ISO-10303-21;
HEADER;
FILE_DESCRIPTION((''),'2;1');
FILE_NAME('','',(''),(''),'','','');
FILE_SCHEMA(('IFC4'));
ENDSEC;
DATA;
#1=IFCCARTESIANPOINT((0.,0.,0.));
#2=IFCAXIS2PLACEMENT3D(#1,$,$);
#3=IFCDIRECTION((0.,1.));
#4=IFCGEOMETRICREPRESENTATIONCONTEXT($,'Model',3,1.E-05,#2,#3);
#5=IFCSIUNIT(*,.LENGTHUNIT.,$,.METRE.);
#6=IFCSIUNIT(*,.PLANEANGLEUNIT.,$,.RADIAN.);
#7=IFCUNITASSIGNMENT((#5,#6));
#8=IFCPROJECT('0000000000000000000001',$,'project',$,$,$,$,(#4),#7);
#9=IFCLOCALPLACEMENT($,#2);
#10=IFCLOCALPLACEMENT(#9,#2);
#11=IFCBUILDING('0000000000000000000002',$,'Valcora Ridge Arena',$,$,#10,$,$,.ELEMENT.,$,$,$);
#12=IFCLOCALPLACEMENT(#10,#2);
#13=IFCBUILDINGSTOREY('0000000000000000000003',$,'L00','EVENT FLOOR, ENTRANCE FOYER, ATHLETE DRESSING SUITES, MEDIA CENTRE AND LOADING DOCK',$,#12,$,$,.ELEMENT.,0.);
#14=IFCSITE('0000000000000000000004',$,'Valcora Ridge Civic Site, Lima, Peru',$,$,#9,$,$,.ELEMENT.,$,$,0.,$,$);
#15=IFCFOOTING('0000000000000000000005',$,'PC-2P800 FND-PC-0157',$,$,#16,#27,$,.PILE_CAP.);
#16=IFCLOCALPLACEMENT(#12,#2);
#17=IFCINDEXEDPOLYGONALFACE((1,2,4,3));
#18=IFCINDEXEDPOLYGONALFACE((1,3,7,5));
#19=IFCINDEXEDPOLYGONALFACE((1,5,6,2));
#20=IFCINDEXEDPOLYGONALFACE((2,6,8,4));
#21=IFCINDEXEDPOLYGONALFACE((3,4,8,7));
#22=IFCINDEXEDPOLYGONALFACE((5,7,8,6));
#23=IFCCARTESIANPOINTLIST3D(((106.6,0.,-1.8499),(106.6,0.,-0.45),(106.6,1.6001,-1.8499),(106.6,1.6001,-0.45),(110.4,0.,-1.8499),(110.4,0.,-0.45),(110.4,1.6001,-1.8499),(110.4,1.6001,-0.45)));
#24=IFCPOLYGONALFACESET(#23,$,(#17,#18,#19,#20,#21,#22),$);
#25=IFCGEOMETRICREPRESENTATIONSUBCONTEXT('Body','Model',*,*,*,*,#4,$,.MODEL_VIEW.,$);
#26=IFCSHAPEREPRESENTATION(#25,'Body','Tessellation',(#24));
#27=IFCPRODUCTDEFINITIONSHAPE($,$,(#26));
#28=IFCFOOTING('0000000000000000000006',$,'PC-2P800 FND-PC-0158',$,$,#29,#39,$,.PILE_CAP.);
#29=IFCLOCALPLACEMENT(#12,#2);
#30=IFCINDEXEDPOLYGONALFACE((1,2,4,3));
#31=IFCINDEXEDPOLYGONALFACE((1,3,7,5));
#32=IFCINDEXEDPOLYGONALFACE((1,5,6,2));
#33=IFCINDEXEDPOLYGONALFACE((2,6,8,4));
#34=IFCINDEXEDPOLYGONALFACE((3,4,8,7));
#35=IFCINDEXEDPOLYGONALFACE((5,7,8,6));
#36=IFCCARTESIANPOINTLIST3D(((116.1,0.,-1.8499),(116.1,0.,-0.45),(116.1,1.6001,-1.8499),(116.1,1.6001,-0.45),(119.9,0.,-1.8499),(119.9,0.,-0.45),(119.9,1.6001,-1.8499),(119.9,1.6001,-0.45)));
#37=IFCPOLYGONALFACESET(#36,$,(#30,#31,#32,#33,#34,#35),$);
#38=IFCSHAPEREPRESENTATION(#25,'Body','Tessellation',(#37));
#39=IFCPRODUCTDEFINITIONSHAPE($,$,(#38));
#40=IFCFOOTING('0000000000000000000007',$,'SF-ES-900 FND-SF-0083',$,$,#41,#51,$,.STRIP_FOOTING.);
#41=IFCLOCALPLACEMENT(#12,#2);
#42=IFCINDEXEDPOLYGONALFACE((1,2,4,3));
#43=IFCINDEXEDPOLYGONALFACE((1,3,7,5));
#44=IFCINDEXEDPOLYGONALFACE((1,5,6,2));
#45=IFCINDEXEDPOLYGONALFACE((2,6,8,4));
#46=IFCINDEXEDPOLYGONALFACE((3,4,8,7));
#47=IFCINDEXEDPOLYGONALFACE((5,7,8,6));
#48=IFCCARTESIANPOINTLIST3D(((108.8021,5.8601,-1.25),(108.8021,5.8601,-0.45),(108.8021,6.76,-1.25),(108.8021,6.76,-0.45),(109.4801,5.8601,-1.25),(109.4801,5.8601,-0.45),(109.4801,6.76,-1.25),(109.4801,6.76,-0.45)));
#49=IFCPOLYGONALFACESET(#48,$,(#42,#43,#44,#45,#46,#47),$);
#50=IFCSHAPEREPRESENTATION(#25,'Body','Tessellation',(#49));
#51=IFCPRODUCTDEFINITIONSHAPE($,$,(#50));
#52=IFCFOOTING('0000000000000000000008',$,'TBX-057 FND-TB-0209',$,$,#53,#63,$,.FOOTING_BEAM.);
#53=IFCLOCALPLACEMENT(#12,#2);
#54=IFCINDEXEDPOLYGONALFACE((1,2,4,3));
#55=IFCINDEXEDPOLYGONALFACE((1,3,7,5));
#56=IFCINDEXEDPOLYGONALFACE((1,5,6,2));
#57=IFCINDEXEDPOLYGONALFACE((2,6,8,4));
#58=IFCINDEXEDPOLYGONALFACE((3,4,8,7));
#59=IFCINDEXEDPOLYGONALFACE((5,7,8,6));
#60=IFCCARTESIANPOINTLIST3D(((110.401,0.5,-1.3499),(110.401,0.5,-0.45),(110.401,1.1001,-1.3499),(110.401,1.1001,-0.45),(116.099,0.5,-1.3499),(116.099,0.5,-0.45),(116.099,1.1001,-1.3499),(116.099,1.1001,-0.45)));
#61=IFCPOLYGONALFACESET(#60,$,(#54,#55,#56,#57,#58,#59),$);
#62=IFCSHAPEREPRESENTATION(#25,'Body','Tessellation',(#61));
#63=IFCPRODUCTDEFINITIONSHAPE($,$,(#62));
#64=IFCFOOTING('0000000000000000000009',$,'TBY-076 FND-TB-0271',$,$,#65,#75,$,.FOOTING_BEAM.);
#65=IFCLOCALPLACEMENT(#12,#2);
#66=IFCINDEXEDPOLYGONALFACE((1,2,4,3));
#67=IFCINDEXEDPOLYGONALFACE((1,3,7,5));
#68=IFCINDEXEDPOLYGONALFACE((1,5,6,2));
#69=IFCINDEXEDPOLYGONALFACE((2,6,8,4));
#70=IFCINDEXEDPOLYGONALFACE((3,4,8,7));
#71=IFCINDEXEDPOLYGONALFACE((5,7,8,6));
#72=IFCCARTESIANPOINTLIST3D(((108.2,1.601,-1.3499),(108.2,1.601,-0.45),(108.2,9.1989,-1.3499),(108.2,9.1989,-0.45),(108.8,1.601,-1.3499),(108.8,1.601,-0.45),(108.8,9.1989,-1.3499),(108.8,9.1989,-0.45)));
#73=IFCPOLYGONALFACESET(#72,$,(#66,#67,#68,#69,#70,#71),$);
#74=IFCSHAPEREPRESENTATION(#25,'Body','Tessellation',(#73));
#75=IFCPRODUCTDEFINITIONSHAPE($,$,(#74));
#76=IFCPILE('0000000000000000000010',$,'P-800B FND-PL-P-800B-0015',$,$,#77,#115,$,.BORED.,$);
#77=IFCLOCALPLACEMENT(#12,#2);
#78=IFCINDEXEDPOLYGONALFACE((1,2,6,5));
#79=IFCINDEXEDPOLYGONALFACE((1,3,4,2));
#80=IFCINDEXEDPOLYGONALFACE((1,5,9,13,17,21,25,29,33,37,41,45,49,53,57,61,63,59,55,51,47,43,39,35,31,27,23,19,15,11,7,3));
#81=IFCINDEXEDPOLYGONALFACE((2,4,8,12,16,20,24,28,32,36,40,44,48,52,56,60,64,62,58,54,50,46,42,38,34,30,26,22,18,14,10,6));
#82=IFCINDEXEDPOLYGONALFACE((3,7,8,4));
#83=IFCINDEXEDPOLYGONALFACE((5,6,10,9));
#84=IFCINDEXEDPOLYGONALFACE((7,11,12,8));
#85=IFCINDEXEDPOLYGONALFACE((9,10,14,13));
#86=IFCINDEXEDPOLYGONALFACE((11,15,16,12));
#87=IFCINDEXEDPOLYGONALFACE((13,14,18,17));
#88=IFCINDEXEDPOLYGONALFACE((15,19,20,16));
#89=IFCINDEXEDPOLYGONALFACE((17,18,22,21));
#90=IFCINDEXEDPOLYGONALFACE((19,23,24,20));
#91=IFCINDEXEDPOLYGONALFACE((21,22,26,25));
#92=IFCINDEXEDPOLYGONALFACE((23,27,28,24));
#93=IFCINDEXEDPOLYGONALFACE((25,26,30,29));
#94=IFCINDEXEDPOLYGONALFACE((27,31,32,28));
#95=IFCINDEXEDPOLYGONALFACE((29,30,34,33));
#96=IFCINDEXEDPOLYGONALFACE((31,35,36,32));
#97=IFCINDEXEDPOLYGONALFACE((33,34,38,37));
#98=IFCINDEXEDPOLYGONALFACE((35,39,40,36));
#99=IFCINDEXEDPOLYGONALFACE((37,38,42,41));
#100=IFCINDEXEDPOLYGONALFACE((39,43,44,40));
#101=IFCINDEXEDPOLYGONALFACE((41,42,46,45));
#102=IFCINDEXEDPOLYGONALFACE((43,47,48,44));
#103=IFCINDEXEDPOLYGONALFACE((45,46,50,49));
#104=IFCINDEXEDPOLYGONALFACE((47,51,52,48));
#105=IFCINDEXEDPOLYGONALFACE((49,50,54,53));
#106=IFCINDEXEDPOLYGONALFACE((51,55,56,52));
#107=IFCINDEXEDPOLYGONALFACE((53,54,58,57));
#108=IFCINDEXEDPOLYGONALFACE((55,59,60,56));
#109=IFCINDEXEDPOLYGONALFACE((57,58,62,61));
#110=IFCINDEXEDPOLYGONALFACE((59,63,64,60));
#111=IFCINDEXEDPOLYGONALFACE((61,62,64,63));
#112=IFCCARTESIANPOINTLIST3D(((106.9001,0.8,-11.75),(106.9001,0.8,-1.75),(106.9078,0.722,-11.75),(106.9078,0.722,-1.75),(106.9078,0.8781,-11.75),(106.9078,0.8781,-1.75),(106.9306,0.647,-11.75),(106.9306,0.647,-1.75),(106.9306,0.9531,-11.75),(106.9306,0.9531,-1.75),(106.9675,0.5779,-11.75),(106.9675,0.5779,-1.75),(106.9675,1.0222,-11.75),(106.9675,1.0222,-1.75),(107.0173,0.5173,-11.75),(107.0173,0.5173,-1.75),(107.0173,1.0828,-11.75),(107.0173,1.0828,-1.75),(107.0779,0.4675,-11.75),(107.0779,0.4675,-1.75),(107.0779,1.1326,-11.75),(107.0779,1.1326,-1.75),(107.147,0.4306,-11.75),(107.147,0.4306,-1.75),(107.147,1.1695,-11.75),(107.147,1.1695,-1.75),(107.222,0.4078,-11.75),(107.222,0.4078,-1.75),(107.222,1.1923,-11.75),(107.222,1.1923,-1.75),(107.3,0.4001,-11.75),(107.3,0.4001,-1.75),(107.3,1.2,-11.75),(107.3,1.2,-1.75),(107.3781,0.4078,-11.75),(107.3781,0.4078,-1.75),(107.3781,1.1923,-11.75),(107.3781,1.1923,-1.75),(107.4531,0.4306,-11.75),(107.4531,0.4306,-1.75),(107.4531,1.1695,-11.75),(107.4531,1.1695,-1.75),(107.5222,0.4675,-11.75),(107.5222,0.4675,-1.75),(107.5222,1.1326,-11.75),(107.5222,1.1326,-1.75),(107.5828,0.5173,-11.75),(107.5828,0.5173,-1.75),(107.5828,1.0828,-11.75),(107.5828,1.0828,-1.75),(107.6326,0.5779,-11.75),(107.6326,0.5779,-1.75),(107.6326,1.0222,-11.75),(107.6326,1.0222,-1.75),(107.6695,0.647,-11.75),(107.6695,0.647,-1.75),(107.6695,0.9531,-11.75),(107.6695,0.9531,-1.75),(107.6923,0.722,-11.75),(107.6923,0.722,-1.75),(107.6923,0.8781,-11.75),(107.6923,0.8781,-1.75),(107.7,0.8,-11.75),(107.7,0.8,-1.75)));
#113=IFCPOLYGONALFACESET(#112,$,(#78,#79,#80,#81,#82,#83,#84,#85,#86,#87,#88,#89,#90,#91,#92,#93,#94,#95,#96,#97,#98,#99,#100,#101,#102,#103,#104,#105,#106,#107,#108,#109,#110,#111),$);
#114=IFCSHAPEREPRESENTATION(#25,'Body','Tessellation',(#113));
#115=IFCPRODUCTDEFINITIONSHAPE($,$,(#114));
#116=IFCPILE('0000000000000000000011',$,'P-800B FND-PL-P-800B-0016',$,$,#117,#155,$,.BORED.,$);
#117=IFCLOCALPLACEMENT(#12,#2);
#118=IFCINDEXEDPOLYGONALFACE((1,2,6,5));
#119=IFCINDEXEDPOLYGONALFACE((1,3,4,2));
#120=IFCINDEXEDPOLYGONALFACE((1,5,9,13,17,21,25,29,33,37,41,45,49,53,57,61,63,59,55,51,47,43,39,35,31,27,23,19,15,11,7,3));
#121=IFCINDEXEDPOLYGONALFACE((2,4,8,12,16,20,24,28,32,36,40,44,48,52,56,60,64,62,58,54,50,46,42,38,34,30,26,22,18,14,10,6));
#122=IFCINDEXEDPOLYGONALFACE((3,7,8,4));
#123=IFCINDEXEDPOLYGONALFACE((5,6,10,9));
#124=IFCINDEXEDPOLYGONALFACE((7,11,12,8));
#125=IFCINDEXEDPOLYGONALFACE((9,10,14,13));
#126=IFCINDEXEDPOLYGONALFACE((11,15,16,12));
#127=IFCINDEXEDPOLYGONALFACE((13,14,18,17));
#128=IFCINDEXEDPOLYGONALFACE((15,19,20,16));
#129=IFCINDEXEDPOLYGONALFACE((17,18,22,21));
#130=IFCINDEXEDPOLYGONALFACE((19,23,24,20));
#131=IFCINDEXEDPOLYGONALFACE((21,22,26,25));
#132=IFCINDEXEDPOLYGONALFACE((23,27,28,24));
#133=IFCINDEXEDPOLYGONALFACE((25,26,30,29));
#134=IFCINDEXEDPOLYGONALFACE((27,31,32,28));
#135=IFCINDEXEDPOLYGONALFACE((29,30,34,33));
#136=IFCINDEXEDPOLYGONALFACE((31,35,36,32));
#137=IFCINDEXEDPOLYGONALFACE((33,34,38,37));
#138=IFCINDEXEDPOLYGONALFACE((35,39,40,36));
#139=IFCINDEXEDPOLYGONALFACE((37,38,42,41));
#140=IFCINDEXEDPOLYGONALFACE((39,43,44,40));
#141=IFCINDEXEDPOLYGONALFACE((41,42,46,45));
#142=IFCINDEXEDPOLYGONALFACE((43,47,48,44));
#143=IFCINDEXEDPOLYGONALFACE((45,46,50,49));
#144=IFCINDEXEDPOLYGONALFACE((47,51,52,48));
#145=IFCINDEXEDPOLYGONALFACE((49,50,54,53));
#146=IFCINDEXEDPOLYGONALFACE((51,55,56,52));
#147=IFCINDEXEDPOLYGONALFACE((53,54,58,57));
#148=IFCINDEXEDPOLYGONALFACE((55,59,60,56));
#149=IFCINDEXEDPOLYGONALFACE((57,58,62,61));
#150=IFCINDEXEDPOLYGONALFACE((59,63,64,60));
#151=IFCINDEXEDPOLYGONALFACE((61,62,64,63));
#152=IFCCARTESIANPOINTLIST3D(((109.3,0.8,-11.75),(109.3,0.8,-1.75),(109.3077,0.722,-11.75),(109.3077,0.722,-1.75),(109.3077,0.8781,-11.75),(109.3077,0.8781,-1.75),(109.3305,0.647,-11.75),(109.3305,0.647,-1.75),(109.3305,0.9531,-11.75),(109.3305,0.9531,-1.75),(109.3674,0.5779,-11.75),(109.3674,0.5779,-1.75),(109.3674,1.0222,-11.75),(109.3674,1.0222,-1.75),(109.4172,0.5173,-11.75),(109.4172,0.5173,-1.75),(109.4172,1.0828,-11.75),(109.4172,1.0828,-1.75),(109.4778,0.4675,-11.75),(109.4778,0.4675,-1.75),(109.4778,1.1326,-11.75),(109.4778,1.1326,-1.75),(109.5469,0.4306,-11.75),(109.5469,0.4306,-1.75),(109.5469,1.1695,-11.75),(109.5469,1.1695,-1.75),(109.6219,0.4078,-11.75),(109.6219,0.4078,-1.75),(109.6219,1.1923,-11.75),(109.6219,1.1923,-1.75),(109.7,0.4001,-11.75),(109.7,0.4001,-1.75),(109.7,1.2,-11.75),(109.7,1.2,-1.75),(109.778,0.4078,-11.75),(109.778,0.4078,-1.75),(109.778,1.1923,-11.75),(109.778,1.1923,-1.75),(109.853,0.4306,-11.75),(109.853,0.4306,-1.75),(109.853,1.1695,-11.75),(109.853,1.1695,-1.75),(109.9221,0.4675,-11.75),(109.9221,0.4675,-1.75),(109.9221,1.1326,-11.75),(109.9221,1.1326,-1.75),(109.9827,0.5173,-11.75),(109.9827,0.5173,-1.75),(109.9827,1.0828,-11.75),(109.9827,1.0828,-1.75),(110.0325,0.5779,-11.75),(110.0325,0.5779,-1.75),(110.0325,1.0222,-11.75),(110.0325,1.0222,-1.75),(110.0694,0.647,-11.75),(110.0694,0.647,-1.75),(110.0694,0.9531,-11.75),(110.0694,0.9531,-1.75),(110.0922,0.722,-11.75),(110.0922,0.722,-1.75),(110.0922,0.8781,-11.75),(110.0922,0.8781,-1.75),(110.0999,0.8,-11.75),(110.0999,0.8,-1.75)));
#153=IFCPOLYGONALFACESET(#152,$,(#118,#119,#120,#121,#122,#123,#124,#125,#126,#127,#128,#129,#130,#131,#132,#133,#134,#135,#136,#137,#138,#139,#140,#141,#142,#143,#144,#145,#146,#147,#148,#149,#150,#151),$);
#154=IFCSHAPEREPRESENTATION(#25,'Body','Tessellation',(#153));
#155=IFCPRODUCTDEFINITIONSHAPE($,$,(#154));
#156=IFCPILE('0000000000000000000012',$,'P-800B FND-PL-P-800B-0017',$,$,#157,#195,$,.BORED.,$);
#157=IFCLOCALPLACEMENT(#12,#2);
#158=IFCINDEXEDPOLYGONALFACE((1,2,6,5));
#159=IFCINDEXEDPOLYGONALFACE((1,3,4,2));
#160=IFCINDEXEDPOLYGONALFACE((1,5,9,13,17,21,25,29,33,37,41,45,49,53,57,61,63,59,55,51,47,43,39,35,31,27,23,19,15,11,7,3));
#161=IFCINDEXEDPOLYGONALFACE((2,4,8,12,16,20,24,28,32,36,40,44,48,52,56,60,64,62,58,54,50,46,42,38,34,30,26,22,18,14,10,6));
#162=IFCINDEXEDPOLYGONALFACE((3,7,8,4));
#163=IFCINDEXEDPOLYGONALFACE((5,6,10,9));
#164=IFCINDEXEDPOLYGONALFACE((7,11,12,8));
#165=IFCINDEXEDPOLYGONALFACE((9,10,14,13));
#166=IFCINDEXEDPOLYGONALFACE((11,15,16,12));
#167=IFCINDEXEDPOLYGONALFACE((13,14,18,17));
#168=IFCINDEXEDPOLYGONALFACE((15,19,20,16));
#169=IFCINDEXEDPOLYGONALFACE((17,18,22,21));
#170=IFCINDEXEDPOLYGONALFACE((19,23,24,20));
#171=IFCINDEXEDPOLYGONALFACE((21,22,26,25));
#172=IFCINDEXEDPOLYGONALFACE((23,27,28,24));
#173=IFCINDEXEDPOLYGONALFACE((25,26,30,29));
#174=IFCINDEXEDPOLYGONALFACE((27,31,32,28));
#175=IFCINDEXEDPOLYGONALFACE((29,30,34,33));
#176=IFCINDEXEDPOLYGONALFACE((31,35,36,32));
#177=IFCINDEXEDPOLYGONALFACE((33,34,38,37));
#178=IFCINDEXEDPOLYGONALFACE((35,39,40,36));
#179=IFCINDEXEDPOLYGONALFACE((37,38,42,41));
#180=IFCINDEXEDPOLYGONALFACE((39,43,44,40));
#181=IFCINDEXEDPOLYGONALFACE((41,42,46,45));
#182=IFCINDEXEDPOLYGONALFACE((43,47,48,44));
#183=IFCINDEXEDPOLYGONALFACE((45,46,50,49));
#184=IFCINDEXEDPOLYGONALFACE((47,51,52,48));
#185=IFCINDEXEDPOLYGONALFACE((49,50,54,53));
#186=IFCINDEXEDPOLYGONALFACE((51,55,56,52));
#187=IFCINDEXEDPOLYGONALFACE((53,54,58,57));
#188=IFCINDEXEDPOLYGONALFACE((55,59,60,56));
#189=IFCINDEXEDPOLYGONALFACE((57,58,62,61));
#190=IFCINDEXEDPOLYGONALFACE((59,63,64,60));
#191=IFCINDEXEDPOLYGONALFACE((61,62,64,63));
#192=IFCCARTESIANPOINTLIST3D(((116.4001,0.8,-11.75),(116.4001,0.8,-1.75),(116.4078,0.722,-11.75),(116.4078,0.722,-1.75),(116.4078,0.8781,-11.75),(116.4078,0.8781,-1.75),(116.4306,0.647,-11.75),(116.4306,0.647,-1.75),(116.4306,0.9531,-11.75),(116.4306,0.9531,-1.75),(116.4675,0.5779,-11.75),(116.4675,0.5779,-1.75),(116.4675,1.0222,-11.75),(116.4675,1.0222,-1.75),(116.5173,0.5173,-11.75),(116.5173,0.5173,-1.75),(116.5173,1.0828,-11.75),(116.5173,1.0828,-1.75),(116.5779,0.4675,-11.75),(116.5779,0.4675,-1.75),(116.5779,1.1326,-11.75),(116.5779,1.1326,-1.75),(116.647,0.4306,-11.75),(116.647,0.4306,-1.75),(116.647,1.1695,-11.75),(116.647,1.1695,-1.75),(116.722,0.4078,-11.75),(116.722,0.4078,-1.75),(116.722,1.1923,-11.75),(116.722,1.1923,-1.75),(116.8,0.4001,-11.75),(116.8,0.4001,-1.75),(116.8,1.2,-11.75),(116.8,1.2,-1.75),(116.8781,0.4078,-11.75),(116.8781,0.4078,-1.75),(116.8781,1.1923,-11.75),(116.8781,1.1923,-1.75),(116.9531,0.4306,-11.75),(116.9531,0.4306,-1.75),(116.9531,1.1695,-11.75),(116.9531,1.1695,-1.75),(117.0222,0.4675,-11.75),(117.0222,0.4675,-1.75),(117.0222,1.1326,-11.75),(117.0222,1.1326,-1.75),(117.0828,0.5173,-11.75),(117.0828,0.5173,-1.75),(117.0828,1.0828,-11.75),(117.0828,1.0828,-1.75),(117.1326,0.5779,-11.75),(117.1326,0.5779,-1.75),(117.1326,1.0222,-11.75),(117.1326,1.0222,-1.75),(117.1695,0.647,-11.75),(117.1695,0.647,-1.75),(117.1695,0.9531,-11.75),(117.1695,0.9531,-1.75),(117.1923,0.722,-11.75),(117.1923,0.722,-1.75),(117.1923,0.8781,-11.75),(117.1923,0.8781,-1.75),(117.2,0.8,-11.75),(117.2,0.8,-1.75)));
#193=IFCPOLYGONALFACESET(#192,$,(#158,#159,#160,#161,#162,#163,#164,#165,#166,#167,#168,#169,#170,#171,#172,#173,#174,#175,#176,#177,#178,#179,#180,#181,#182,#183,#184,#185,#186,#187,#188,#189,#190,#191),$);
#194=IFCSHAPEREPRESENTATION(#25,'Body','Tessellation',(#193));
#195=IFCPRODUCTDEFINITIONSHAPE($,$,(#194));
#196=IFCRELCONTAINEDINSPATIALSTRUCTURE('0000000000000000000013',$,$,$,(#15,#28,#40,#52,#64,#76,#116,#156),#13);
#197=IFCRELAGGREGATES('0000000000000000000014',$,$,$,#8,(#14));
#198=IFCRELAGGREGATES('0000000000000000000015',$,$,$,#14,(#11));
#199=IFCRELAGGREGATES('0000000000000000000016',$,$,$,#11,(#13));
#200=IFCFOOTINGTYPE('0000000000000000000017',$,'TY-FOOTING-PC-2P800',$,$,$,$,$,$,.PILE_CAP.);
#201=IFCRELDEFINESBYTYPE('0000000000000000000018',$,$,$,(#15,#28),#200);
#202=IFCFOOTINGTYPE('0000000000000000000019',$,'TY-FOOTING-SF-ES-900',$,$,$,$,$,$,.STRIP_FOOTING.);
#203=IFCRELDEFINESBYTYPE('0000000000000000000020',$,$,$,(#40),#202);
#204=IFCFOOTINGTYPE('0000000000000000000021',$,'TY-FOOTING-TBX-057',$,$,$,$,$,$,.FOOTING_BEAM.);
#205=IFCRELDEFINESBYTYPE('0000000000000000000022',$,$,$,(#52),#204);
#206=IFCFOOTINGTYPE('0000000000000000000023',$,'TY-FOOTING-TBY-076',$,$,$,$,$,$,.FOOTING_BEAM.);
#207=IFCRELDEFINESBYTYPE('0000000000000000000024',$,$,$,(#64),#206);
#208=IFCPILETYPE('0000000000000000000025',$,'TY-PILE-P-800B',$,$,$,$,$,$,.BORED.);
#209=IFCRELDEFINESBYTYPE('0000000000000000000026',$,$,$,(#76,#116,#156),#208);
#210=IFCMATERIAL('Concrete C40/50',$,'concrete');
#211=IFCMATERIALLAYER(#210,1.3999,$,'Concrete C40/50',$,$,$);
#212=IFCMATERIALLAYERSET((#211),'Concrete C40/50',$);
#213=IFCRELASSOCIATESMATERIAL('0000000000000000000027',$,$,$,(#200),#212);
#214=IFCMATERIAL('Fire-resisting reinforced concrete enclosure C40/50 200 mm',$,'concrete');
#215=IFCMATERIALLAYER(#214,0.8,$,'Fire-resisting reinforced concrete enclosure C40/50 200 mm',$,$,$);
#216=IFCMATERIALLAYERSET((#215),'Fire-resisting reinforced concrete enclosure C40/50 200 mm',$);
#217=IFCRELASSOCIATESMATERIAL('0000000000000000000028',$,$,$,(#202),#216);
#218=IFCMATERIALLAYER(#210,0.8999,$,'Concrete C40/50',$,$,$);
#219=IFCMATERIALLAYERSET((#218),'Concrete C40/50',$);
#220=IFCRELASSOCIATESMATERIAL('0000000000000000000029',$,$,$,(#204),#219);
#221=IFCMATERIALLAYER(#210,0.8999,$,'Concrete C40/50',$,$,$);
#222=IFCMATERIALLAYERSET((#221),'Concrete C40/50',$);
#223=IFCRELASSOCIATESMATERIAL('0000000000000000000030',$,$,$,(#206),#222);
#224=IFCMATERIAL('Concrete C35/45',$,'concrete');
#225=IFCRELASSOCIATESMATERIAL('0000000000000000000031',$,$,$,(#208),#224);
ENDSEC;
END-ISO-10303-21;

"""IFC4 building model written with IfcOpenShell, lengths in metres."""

from ifc_helpers import new_model, si_unit, direction, frame, origin, origin_2d, place, context, subcontext, project, spatial, rectangle, circle, extrude, material, layer, layer_set, material_profile, profile_set, type_object, element, save


model = new_model("IFC4")

# Units and contexts
model_context = context("Model", 3, precision=1e-05, world=origin(), true_north=direction((0.0, 1.0)))
body_context = subcontext(model_context, "Body", "Model", "MODEL_VIEW")
ifc_project = project(units=[si_unit("LENGTHUNIT", "METRE"), si_unit("PLANEANGLEUNIT", "RADIAN")], contexts=[model_context])

# Site, building, storey
site_placement = place(None, origin())
site = spatial("IfcSite", under=ifc_project, at=site_placement, Name="Valcora Ridge Civic Site, Lima, Peru", CompositionType="ELEMENT", RefElevation=0.0)
building_placement = place(site_placement, origin())
building = spatial("IfcBuilding", under=site, at=building_placement, Name="Valcora Ridge Arena", CompositionType="ELEMENT")
storey_placement = place(building_placement, origin())
storey = spatial("IfcBuildingStorey", under=building, at=storey_placement, Name="L00", Description="EVENT FLOOR, ENTRANCE FOYER, ATHLETE DRESSING SUITES, MEDIA CENTRE AND LOADING DOCK", CompositionType="ELEMENT", Elevation=0.0)

# Footings
ifc_material_1 = material(Name="Concrete C40/50", Category="concrete")
ifc_layer_1 = layer(ifc_material_1, 1.3999, Name="Concrete C40/50")
ifc_layer_set_1 = layer_set([ifc_layer_1], Name="Concrete C40/50")
footing_type_1 = type_object("IfcFootingType", Name="TY-FOOTING-PC-2P800", PredefinedType="PILE_CAP", material=ifc_layer_set_1)
for number, where, z_axis, x_axis, name in (
    (1, (108.5, 0.8, -1.8499), (0.0, 0.0, 1.0), (1.0, 0.0, 0.0), "PC-2P800 FND-PC-0157"),
    (2, (118.0, 0.8, -1.8499), (0.0, 0.0, 1.0), (1.0, 0.0, 0.0), "PC-2P800 FND-PC-0158"),
):
    element("IfcFooting", number, at=place(storey_placement, frame(where, z_axis=z_axis, x_axis=x_axis)), inside=storey, type_object=footing_type_1, Name=name, PredefinedType="PILE_CAP", context=body_context, shape_type="SweptSolid", body=[
        extrude(rectangle(XDim=3.8, YDim=1.6001, at=origin_2d()), origin(), (0.0, 0.0, 1.0), 1.3999),
    ])
ifc_material_2 = material(Name="Fire-resisting reinforced concrete enclosure C40/50 200 mm", Category="concrete")
ifc_layer_2 = layer(ifc_material_2, 0.8, Name="Fire-resisting reinforced concrete enclosure C40/50 200 mm")
ifc_layer_set_2 = layer_set([ifc_layer_2], Name="Fire-resisting reinforced concrete enclosure C40/50 200 mm")
footing_type_2 = type_object("IfcFootingType", Name="TY-FOOTING-SF-ES-900", PredefinedType="STRIP_FOOTING", material=ifc_layer_set_2)
footing_1_placement = place(storey_placement, frame((109.1411, 6.3101, -1.25), z_axis=(0.0, 0.0, 1.0), x_axis=(1.0, 0.0, 0.0)))
element("IfcFooting", 3, at=footing_1_placement, inside=storey, type_object=footing_type_2, Name="SF-ES-900 FND-SF-0083", PredefinedType="STRIP_FOOTING", context=body_context, shape_type="SweptSolid", body=[
    extrude(rectangle(XDim=0.678, YDim=0.8999, at=origin_2d()), origin(), (0.0, 0.0, 1.0), 0.8),
])
ifc_layer_3 = layer(ifc_material_1, 0.8999, Name="Concrete C40/50")
ifc_layer_set_3 = layer_set([ifc_layer_3], Name="Concrete C40/50")
footing_type_3 = type_object("IfcFootingType", Name="TY-FOOTING-TBX-057", PredefinedType="FOOTING_BEAM", material=ifc_layer_set_3)
footing_2_placement = place(storey_placement, frame((113.25, 0.8, -1.3499), z_axis=(0.0, 0.0, 1.0), x_axis=(1.0, 0.0, 0.0)))
element("IfcFooting", 4, at=footing_2_placement, inside=storey, type_object=footing_type_3, Name="TBX-057 FND-TB-0209", PredefinedType="FOOTING_BEAM", context=body_context, shape_type="SweptSolid", body=[
    extrude(rectangle(XDim=5.698, YDim=0.6001, at=origin_2d()), origin(), (0.0, 0.0, 1.0), 0.8999),
])
ifc_layer_4 = layer(ifc_material_1, 0.8999, Name="Concrete C40/50")
ifc_layer_set_4 = layer_set([ifc_layer_4], Name="Concrete C40/50")
footing_type_4 = type_object("IfcFootingType", Name="TY-FOOTING-TBY-076", PredefinedType="FOOTING_BEAM", material=ifc_layer_set_4)
footing_3_placement = place(storey_placement, frame((108.5, 5.3999, -1.3499), z_axis=(0.0, 0.0, 1.0), x_axis=(1.0, 0.0, 0.0)))
element("IfcFooting", 5, at=footing_3_placement, inside=storey, type_object=footing_type_4, Name="TBY-076 FND-TB-0271", PredefinedType="FOOTING_BEAM", context=body_context, shape_type="SweptSolid", body=[
    extrude(rectangle(XDim=0.6001, YDim=7.5979, at=origin_2d()), origin(), (0.0, 0.0, 1.0), 0.8999),
])

# Piles
ifc_material_3 = material(Name="Concrete C35/45", Category="concrete")
ifc_material_profile_1 = material_profile(ifc_material_3, circle(Radius=0.3999, at=origin_2d()), Name="BORED PILE D800")
ifc_profile_set_1 = profile_set([ifc_material_profile_1], Name="Concrete C35/45")
pile_type = type_object("IfcPileType", Name="TY-PILE-P-800B", PredefinedType="BORED", material=ifc_profile_set_1)
for number, where, z_axis, x_axis, name in (
    (6, (107.3, 0.8, -1.75), (0.0, 0.0, -1.0), (1.0, 0.0, 0.0), "P-800B FND-PL-P-800B-0015"),
    (7, (109.7, 0.8, -1.75), (0.0, 0.0, -1.0), (1.0, 0.0, 0.0), "P-800B FND-PL-P-800B-0016"),
    (8, (116.8, 0.8, -1.75), (0.0, 0.0, -1.0), (1.0, 0.0, 0.0), "P-800B FND-PL-P-800B-0017"),
):
    element("IfcPile", number, at=place(storey_placement, frame(where, z_axis=z_axis, x_axis=x_axis)), inside=storey, type_object=pile_type, Name=name, PredefinedType="BORED", context=body_context, shape_type="SweptSolid", body=[
        extrude(circle(Radius=0.3999, at=origin_2d()), origin(), (0.0, 0.0, 1.0), 10.0),
    ])

save(model, "model.ifc")
